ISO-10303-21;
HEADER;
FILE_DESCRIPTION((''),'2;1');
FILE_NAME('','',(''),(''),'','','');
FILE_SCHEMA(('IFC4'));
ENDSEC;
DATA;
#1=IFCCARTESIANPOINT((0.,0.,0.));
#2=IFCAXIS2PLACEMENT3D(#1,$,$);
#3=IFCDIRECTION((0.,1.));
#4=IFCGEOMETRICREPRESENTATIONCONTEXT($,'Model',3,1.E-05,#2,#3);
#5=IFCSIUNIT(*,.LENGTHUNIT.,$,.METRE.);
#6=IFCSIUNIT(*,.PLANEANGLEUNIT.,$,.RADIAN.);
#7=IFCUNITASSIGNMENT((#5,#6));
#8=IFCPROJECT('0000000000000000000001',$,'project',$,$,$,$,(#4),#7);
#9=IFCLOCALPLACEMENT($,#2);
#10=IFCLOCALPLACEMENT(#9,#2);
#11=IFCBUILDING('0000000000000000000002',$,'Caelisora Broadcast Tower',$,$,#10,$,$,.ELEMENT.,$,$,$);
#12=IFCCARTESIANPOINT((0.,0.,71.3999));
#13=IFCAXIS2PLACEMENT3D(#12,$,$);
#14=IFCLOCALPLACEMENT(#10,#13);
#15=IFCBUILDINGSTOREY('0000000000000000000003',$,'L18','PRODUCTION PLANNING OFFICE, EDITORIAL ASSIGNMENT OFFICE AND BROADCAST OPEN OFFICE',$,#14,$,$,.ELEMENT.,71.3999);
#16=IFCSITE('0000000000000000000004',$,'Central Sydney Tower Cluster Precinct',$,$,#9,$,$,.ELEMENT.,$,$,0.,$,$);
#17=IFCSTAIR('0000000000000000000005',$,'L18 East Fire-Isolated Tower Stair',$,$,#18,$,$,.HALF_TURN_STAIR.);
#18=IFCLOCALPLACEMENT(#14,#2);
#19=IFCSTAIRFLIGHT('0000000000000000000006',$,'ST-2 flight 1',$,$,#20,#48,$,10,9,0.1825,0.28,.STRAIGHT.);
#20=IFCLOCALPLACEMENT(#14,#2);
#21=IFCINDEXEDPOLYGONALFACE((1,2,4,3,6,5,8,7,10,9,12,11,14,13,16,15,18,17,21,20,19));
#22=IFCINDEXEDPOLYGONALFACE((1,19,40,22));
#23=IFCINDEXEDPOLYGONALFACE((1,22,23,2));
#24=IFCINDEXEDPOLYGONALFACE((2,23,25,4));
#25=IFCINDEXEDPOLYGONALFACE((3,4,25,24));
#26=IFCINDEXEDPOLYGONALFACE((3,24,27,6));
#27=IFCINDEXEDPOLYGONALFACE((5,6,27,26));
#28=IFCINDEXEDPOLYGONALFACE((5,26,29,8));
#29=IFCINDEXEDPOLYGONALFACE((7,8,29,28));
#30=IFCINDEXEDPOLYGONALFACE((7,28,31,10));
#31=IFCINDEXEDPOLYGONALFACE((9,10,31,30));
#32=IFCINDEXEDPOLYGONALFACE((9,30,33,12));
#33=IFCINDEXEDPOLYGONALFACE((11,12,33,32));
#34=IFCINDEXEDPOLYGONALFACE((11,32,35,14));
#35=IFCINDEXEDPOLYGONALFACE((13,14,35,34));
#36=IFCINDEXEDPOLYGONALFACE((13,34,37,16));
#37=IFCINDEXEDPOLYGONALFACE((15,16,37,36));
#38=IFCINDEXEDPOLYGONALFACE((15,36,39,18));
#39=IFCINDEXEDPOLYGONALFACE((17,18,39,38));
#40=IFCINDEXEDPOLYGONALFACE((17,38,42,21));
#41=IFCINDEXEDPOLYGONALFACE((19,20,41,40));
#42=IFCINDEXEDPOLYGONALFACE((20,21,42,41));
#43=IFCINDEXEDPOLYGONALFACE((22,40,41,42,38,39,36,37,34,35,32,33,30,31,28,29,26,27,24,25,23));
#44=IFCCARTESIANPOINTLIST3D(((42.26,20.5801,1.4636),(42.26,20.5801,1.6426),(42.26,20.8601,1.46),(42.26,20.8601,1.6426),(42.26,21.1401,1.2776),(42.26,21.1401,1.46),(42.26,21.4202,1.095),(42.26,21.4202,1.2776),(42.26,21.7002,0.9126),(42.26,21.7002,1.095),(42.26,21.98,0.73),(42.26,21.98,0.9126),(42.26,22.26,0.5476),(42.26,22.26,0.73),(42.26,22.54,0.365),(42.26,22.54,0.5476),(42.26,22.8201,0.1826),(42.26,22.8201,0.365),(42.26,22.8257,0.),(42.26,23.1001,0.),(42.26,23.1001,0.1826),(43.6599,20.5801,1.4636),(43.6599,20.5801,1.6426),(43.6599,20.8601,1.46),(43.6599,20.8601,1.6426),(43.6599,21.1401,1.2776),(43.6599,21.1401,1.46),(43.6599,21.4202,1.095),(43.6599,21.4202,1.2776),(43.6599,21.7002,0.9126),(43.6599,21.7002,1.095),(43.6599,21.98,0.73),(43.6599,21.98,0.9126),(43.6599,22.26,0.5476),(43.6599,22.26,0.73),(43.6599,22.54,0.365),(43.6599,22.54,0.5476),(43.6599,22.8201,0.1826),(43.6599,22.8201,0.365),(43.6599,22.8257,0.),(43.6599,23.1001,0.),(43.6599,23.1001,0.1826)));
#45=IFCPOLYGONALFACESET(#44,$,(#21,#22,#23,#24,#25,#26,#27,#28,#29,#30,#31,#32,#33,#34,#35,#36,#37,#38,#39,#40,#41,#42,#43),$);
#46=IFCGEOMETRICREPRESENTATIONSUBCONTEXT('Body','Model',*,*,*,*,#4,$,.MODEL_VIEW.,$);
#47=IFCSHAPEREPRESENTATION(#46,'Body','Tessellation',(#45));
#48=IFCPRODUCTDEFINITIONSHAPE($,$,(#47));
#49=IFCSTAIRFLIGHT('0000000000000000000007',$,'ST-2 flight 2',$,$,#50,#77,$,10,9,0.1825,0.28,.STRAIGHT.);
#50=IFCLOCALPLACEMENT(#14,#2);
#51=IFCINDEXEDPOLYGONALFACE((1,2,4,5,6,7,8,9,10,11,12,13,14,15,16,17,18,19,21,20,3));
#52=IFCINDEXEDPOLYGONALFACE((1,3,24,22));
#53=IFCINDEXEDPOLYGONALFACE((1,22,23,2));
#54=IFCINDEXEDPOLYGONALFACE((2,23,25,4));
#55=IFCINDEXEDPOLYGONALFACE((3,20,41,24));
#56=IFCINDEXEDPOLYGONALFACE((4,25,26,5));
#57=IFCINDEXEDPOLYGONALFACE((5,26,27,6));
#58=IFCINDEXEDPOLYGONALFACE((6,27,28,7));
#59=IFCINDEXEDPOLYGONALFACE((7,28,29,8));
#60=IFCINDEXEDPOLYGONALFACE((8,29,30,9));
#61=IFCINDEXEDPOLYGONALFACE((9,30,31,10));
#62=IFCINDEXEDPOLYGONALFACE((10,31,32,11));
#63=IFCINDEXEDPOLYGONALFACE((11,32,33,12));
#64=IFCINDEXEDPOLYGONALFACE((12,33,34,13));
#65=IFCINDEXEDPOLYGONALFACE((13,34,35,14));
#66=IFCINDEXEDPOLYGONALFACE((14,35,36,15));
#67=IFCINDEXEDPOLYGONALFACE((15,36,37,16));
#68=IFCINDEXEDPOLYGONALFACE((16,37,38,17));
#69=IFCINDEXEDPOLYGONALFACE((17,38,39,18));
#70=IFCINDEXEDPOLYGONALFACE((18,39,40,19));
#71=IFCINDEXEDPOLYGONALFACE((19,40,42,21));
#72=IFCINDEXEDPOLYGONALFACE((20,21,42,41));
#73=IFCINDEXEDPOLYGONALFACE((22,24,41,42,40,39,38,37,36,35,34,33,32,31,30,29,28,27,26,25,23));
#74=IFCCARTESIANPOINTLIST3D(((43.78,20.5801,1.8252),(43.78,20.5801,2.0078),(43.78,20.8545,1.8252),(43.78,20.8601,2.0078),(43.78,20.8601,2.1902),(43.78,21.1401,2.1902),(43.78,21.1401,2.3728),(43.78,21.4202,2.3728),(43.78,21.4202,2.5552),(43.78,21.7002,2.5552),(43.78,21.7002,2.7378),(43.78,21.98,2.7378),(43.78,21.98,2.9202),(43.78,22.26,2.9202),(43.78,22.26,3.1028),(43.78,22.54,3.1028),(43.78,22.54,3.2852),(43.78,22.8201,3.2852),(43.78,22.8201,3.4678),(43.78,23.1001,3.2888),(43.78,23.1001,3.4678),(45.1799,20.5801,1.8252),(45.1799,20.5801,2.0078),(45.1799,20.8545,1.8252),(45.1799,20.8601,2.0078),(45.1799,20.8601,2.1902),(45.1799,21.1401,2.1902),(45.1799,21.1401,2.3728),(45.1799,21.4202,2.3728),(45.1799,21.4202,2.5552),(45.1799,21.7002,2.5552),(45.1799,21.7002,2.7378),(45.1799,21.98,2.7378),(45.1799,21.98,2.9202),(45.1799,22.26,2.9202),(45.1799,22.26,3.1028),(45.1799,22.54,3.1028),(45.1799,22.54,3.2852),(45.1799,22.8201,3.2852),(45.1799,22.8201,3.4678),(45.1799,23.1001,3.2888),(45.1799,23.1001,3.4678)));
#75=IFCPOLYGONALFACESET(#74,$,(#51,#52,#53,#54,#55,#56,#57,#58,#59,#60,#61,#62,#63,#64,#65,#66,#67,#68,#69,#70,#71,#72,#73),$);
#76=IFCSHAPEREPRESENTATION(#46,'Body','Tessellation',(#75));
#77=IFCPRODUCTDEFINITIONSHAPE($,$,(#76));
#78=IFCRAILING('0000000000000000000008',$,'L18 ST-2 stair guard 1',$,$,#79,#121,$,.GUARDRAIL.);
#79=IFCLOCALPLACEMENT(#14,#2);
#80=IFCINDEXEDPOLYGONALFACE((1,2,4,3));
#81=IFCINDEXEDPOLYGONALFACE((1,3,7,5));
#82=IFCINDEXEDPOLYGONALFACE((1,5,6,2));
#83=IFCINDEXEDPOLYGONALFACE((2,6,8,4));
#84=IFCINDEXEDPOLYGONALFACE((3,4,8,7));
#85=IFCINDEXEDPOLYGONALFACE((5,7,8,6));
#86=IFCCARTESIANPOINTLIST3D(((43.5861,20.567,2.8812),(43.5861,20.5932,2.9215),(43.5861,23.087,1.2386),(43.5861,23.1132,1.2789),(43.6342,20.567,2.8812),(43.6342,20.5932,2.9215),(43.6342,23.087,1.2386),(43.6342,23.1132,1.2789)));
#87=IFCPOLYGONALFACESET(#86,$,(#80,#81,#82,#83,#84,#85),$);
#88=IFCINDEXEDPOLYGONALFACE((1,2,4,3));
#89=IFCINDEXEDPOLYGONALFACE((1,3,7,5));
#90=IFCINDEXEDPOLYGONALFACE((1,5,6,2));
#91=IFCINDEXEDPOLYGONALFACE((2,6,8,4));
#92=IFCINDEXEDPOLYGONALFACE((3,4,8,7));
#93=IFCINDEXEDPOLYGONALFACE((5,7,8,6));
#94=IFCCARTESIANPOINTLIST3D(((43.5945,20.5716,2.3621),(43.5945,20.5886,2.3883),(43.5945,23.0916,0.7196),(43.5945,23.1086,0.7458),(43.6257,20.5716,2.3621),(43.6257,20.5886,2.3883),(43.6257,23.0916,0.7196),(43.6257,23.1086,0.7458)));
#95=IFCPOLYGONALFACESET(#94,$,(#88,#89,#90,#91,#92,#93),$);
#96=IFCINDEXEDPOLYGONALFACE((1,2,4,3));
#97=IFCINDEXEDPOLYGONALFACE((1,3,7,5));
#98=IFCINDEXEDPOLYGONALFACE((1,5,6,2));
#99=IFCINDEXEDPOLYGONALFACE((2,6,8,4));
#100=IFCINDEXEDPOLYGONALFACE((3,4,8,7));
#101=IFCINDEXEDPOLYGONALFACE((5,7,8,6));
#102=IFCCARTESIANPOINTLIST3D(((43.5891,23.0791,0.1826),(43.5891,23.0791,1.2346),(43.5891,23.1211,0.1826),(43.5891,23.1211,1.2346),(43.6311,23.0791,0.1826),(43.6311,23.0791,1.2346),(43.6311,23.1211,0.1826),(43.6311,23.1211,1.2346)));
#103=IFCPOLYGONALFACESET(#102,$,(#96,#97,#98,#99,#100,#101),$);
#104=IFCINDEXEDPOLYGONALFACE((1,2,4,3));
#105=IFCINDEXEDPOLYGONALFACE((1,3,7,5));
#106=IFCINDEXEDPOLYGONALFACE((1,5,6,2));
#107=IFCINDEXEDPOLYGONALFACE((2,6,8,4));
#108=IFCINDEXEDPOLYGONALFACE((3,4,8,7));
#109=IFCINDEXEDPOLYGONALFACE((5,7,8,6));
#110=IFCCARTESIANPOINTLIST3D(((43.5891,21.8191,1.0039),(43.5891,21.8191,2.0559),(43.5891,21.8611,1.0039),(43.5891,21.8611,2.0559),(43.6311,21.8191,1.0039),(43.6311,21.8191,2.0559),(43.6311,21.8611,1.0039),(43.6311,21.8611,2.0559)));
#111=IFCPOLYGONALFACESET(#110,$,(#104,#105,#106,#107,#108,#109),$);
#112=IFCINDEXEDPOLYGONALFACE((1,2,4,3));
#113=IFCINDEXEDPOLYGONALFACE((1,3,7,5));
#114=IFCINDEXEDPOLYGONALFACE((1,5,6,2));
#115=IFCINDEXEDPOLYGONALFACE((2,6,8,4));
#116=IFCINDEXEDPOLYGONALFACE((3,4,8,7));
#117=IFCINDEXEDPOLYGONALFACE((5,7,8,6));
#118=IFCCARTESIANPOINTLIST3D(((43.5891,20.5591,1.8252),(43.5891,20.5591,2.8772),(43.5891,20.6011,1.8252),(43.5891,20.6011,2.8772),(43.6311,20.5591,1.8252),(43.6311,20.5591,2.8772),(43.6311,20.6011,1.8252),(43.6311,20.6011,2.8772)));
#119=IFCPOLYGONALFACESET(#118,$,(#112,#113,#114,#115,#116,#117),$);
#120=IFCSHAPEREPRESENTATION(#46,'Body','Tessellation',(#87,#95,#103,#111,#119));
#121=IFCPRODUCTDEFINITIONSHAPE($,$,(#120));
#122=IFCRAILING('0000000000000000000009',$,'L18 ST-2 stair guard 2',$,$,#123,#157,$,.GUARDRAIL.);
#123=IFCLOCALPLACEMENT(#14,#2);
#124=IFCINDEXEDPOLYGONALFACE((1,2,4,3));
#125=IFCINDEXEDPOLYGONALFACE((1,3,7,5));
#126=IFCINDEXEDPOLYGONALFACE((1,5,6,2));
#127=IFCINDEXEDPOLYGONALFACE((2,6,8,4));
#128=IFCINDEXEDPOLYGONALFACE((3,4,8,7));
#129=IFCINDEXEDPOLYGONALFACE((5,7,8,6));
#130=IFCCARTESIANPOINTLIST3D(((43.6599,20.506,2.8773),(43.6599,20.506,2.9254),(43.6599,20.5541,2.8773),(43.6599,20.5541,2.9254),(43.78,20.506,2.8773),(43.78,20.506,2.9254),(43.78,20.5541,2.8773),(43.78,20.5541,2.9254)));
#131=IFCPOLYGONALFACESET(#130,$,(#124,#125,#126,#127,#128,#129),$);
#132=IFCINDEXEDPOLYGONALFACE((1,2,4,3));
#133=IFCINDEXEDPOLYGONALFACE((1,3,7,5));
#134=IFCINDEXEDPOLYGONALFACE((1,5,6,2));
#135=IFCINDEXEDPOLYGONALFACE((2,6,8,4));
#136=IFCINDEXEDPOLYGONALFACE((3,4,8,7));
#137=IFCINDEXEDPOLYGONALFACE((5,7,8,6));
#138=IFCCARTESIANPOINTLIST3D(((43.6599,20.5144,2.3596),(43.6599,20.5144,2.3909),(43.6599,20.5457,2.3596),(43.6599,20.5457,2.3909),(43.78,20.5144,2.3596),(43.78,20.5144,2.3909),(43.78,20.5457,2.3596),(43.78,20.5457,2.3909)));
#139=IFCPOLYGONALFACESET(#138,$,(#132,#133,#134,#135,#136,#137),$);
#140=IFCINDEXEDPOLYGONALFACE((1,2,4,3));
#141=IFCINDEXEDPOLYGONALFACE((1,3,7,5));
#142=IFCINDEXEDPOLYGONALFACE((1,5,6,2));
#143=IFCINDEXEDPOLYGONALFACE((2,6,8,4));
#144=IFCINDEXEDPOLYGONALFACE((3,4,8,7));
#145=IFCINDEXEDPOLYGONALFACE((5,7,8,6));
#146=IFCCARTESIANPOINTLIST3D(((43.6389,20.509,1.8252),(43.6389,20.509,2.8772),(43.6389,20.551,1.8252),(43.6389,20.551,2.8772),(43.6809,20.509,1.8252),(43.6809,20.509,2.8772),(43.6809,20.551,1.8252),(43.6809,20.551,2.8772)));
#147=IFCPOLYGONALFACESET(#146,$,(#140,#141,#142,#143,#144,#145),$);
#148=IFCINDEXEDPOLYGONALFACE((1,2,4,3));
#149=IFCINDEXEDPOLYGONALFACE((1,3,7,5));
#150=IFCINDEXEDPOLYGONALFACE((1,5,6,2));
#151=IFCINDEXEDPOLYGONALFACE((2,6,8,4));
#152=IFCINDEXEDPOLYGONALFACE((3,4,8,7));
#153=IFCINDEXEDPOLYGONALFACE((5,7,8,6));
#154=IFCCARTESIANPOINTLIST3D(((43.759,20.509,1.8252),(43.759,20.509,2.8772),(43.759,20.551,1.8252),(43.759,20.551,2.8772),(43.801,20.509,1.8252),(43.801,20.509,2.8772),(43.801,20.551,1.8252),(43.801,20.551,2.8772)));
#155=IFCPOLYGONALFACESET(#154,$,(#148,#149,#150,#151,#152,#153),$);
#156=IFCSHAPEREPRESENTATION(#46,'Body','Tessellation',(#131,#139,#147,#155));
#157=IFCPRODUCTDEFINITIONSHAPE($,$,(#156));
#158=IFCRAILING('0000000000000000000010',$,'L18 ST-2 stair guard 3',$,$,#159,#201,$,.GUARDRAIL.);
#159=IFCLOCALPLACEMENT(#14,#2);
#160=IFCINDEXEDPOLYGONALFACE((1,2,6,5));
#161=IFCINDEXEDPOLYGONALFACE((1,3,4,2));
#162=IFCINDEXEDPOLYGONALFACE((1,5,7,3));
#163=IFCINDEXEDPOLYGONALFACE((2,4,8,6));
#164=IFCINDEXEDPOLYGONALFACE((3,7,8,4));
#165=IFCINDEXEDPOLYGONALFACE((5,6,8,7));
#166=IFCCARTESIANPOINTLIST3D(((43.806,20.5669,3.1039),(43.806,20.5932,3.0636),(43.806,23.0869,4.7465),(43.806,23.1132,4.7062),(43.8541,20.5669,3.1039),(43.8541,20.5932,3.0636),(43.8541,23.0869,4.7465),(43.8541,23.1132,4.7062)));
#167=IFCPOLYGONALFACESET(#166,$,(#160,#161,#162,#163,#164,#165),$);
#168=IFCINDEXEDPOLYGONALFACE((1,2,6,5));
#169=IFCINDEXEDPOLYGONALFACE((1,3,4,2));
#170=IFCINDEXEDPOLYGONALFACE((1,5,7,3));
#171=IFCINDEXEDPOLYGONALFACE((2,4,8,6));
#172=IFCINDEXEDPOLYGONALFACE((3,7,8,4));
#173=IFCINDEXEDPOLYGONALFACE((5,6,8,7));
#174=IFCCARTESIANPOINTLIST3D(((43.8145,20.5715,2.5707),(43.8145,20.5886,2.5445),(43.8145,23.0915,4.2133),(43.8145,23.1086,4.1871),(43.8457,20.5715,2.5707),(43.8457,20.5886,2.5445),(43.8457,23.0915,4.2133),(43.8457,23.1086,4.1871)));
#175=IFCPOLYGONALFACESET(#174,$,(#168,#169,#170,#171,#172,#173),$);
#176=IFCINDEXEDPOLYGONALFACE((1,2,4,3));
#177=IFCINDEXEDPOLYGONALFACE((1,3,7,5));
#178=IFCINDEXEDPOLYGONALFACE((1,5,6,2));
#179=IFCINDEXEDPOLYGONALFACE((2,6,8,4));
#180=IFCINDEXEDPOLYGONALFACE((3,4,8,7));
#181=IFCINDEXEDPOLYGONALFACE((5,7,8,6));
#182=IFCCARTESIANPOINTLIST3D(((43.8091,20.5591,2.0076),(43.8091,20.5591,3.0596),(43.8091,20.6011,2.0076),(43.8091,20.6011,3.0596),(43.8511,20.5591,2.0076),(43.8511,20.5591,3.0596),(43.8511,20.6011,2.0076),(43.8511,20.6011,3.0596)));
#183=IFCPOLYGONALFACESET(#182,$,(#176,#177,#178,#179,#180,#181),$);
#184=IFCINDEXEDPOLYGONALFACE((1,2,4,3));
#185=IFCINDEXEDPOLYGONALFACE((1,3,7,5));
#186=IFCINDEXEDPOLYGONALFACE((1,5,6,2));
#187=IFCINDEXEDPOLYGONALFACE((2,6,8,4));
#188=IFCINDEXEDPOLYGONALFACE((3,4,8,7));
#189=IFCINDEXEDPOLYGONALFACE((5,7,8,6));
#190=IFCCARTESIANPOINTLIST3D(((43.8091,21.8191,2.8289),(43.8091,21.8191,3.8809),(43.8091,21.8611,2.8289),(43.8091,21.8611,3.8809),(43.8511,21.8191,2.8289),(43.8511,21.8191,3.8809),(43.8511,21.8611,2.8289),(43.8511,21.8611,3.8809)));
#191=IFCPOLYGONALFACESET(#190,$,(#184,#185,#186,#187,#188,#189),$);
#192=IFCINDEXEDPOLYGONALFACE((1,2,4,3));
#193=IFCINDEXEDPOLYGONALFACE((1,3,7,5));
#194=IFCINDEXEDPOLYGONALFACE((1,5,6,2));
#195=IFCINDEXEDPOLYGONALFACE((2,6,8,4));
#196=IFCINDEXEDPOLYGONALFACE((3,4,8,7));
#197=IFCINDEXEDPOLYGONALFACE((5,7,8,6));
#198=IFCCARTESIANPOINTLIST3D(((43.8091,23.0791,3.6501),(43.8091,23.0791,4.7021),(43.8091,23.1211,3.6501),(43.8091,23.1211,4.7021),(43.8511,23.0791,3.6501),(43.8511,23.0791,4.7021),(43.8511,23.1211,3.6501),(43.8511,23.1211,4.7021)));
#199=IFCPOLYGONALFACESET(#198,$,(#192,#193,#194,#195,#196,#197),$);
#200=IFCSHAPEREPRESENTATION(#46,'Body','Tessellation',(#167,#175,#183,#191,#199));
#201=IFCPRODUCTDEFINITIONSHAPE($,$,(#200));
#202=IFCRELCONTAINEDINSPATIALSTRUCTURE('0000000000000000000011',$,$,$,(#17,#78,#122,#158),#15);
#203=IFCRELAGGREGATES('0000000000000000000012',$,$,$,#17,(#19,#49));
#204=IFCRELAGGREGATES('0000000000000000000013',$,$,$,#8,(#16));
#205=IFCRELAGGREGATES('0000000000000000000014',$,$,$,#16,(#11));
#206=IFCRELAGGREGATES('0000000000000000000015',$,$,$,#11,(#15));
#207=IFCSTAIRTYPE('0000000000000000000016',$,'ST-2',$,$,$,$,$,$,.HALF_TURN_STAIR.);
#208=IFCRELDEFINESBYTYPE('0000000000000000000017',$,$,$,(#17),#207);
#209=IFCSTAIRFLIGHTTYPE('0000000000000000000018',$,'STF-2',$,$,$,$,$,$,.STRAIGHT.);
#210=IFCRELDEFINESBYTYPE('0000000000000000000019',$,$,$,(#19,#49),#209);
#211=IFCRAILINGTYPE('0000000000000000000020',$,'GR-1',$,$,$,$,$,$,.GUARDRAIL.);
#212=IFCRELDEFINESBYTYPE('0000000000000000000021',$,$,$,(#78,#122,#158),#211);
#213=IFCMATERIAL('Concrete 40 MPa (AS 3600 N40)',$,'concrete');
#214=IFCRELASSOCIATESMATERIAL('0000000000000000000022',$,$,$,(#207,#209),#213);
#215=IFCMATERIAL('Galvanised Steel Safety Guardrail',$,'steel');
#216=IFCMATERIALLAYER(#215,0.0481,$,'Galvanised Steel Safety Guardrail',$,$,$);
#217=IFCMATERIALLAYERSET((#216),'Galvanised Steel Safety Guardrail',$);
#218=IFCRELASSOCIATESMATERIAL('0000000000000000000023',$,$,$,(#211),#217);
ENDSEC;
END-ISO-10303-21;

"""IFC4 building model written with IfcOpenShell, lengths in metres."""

from ifc_helpers import new_model, si_unit, direction, frame, origin, origin_2d, place, context, subcontext, project, spatial, polyline, rectangle, outline, extrude, material, layer, layer_set, type_object, element, aggregate, save


model = new_model("IFC4")

# Units and contexts
model_context = context("Model", 3, precision=1e-05, world=origin(), true_north=direction((0.0, 1.0)))
body_context = subcontext(model_context, "Body", "Model", "MODEL_VIEW")
ifc_project = project(units=[si_unit("LENGTHUNIT", "METRE"), si_unit("PLANEANGLEUNIT", "RADIAN")], contexts=[model_context])

# Site, building, storey
site_placement = place(None, origin())
site = spatial("IfcSite", under=ifc_project, at=site_placement, Name="Central Sydney Tower Cluster Precinct", CompositionType="ELEMENT", RefElevation=0.0)
building_placement = place(site_placement, origin())
building = spatial("IfcBuilding", under=site, at=building_placement, Name="Caelisora Broadcast Tower", CompositionType="ELEMENT")
storey_placement = place(building_placement, frame((0.0, 0.0, 71.3999)))
storey = spatial("IfcBuildingStorey", under=building, at=storey_placement, Name="L18", Description="PRODUCTION PLANNING OFFICE, EDITORIAL ASSIGNMENT OFFICE AND BROADCAST OPEN OFFICE", CompositionType="ELEMENT", Elevation=71.3999)

# Stair, stair flights
ifc_material_1 = material(Name="Concrete 40 MPa (AS 3600 N40)", Category="concrete")
stair_type = type_object("IfcStairType", Name="ST-2", PredefinedType="HALF_TURN_STAIR", material=ifc_material_1)
stair_placement = place(storey_placement, origin())
stair = element("IfcStair", 1, at=stair_placement, inside=storey, type_object=stair_type, Name="L18 East Fire-Isolated Tower Stair", PredefinedType="HALF_TURN_STAIR")
stair_flight_type = type_object("IfcStairFlightType", Name="STF-2", PredefinedType="STRAIGHT", material=ifc_material_1)
stair_flight_1_placement = place(storey_placement, frame((42.96, 23.1001, 0.0), z_axis=(0.0, 0.0, 1.0), x_axis=(0.0, -1.0, 0.0)))
stair_flight_1 = element("IfcStairFlight", 2, at=stair_flight_1_placement, type_object=stair_flight_type, Name="ST-2 flight 1", NumberOfRisers=10, NumberOfTreads=9, PredefinedType="STRAIGHT", RiserHeight=0.1825, TreadLength=0.28, context=body_context, shape_type="SweptSolid", body=[
    extrude(outline(polyline([(0.0, 0.0), (0.0, 0.1826), (0.28, 0.1826), (0.28, 0.365), (0.5601, 0.365), (0.5601, 0.5476), (0.8401, 0.5476), (0.8401, 0.73), (1.1201, 0.73), (1.1201, 0.9126), (1.3999, 0.9126), (1.3999, 1.095), (1.6799, 1.095), (1.6799, 1.2776), (1.96, 1.2776), (1.96, 1.46), (2.24, 1.46), (2.24, 1.6426), (2.52, 1.6426), (2.52, 1.825), (2.52, 1.4636), (0.2744, 0.0), (0.0, 0.0)])), frame((0.0, 0.7, 0.0), z_axis=(0.0, -1.0, 0.0), x_axis=(1.0, 0.0, 0.0)), (0.0, 0.0, 1.0), 1.3999),
])
stair_flight_2_placement = place(storey_placement, frame((44.48, 20.5801, 1.8252), z_axis=(0.0, 0.0, 1.0), x_axis=(0.0, 1.0, 0.0)))
stair_flight_2 = element("IfcStairFlight", 3, at=stair_flight_2_placement, type_object=stair_flight_type, Name="ST-2 flight 2", NumberOfRisers=10, NumberOfTreads=9, PredefinedType="STRAIGHT", RiserHeight=0.1825, TreadLength=0.28, context=body_context, shape_type="SweptSolid", body=[
    extrude(outline(polyline([(0.0, 0.0), (0.0, 0.1826), (0.28, 0.1826), (0.28, 0.365), (0.5601, 0.365), (0.5601, 0.5476), (0.8401, 0.5476), (0.8401, 0.73), (1.1201, 0.73), (1.1201, 0.9126), (1.3999, 0.9126), (1.3999, 1.095), (1.6799, 1.095), (1.6799, 1.2776), (1.96, 1.2776), (1.96, 1.46), (2.24, 1.46), (2.24, 1.6426), (2.52, 1.6426), (2.52, 1.825), (2.52, 1.4636), (0.2744, 0.0), (0.0, 0.0)])), frame((0.0, 0.7, 0.0), z_axis=(0.0, -1.0, 0.0), x_axis=(1.0, 0.0, 0.0)), (0.0, 0.0, 1.0), 1.3999),
])
aggregate(stair, [stair_flight_1, stair_flight_2])

# Railings
ifc_material_2 = material(Name="Galvanised Steel Safety Guardrail", Category="steel")
ifc_layer_1 = layer(ifc_material_2, 0.0481, Name="Galvanised Steel Safety Guardrail")
ifc_layer_set_1 = layer_set([ifc_layer_1], Name="Galvanised Steel Safety Guardrail")
railing_type_1 = type_object("IfcRailingType", Name="GR-1", PredefinedType="GUARDRAIL", material=ifc_layer_set_1)
railing_1_placement = place(storey_placement, frame((43.6101, 23.1001, 0.1826)))
element("IfcRailing", 4, at=railing_1_placement, inside=storey, type_object=railing_type_1, Name="L18 ST-2 stair guard 1", PredefinedType="GUARDRAIL", context=body_context, shape_type="SweptSolid", body=[
    extrude(rectangle(XDim=0.0481, YDim=0.0481, at=origin_2d()), frame((0.0, 0.0, 1.0762), z_axis=(0.0, -0.837749, 0.546055), x_axis=(1.0, 0.0, 0.0)), (0.0, 0.0, 1.0), 3.0081),
    extrude(rectangle(XDim=0.0312, YDim=0.0312, at=origin_2d()), frame((0.0, 0.0, 0.55), z_axis=(0.0, -0.837749, 0.546055), x_axis=(1.0, 0.0, 0.0)), (0.0, 0.0, 1.0), 3.0081),
    extrude(rectangle(XDim=0.042, YDim=0.042, at=origin_2d()), origin(), (0.0, 0.0, 1.0), 1.052),
    extrude(rectangle(XDim=0.042, YDim=0.042, at=origin_2d()), frame((0.0, -1.26, 0.8213)), (0.0, 0.0, 1.0), 1.052),
    extrude(rectangle(XDim=0.042, YDim=0.042, at=origin_2d()), frame((0.0, -2.52, 1.6426)), (0.0, 0.0, 1.0), 1.052),
])
railing_2_placement = place(storey_placement, frame((43.6599, 20.53, 1.8252)))
element("IfcRailing", 5, at=railing_2_placement, inside=storey, type_object=railing_type_1, Name="L18 ST-2 stair guard 2", PredefinedType="GUARDRAIL", context=body_context, shape_type="SweptSolid", body=[
    extrude(rectangle(XDim=0.0481, YDim=0.0481, at=origin_2d()), frame((0.0, 0.0, 1.0762), z_axis=(1.0, 0.0, 0.0), x_axis=(0.0, 1.0, 0.0)), (0.0, 0.0, 1.0), 0.1201),
    extrude(rectangle(XDim=0.0312, YDim=0.0312, at=origin_2d()), frame((0.0, 0.0, 0.55), z_axis=(1.0, 0.0, 0.0), x_axis=(0.0, 1.0, 0.0)), (0.0, 0.0, 1.0), 0.1201),
    extrude(rectangle(XDim=0.042, YDim=0.042, at=origin_2d()), origin(), (0.0, 0.0, 1.0), 1.052),
    extrude(rectangle(XDim=0.042, YDim=0.042, at=origin_2d()), frame((0.1201, 0.0, 0.0)), (0.0, 0.0, 1.0), 1.052),
])
railing_3_placement = place(storey_placement, frame((43.8301, 20.5801, 2.0076)))
element("IfcRailing", 6, at=railing_3_placement, inside=storey, type_object=railing_type_1, Name="L18 ST-2 stair guard 3", PredefinedType="GUARDRAIL", context=body_context, shape_type="SweptSolid", body=[
    extrude(rectangle(XDim=0.0481, YDim=0.0481, at=origin_2d()), frame((0.0, 0.0, 1.0762), z_axis=(0.0, 0.837749, 0.546055), x_axis=(-1.0, 0.0, 0.0)), (0.0, 0.0, 1.0), 3.0081),
    extrude(rectangle(XDim=0.0312, YDim=0.0312, at=origin_2d()), frame((0.0, 0.0, 0.55), z_axis=(0.0, 0.837749, 0.546055), x_axis=(-1.0, 0.0, 0.0)), (0.0, 0.0, 1.0), 3.0081),
    extrude(rectangle(XDim=0.042, YDim=0.042, at=origin_2d()), origin(), (0.0, 0.0, 1.0), 1.052),
    extrude(rectangle(XDim=0.042, YDim=0.042, at=origin_2d()), frame((0.0, 1.26, 0.8213)), (0.0, 0.0, 1.0), 1.052),
    extrude(rectangle(XDim=0.042, YDim=0.042, at=origin_2d()), frame((0.0, 2.52, 1.6426)), (0.0, 0.0, 1.0), 1.052),
])

save(model, "model.ifc")
